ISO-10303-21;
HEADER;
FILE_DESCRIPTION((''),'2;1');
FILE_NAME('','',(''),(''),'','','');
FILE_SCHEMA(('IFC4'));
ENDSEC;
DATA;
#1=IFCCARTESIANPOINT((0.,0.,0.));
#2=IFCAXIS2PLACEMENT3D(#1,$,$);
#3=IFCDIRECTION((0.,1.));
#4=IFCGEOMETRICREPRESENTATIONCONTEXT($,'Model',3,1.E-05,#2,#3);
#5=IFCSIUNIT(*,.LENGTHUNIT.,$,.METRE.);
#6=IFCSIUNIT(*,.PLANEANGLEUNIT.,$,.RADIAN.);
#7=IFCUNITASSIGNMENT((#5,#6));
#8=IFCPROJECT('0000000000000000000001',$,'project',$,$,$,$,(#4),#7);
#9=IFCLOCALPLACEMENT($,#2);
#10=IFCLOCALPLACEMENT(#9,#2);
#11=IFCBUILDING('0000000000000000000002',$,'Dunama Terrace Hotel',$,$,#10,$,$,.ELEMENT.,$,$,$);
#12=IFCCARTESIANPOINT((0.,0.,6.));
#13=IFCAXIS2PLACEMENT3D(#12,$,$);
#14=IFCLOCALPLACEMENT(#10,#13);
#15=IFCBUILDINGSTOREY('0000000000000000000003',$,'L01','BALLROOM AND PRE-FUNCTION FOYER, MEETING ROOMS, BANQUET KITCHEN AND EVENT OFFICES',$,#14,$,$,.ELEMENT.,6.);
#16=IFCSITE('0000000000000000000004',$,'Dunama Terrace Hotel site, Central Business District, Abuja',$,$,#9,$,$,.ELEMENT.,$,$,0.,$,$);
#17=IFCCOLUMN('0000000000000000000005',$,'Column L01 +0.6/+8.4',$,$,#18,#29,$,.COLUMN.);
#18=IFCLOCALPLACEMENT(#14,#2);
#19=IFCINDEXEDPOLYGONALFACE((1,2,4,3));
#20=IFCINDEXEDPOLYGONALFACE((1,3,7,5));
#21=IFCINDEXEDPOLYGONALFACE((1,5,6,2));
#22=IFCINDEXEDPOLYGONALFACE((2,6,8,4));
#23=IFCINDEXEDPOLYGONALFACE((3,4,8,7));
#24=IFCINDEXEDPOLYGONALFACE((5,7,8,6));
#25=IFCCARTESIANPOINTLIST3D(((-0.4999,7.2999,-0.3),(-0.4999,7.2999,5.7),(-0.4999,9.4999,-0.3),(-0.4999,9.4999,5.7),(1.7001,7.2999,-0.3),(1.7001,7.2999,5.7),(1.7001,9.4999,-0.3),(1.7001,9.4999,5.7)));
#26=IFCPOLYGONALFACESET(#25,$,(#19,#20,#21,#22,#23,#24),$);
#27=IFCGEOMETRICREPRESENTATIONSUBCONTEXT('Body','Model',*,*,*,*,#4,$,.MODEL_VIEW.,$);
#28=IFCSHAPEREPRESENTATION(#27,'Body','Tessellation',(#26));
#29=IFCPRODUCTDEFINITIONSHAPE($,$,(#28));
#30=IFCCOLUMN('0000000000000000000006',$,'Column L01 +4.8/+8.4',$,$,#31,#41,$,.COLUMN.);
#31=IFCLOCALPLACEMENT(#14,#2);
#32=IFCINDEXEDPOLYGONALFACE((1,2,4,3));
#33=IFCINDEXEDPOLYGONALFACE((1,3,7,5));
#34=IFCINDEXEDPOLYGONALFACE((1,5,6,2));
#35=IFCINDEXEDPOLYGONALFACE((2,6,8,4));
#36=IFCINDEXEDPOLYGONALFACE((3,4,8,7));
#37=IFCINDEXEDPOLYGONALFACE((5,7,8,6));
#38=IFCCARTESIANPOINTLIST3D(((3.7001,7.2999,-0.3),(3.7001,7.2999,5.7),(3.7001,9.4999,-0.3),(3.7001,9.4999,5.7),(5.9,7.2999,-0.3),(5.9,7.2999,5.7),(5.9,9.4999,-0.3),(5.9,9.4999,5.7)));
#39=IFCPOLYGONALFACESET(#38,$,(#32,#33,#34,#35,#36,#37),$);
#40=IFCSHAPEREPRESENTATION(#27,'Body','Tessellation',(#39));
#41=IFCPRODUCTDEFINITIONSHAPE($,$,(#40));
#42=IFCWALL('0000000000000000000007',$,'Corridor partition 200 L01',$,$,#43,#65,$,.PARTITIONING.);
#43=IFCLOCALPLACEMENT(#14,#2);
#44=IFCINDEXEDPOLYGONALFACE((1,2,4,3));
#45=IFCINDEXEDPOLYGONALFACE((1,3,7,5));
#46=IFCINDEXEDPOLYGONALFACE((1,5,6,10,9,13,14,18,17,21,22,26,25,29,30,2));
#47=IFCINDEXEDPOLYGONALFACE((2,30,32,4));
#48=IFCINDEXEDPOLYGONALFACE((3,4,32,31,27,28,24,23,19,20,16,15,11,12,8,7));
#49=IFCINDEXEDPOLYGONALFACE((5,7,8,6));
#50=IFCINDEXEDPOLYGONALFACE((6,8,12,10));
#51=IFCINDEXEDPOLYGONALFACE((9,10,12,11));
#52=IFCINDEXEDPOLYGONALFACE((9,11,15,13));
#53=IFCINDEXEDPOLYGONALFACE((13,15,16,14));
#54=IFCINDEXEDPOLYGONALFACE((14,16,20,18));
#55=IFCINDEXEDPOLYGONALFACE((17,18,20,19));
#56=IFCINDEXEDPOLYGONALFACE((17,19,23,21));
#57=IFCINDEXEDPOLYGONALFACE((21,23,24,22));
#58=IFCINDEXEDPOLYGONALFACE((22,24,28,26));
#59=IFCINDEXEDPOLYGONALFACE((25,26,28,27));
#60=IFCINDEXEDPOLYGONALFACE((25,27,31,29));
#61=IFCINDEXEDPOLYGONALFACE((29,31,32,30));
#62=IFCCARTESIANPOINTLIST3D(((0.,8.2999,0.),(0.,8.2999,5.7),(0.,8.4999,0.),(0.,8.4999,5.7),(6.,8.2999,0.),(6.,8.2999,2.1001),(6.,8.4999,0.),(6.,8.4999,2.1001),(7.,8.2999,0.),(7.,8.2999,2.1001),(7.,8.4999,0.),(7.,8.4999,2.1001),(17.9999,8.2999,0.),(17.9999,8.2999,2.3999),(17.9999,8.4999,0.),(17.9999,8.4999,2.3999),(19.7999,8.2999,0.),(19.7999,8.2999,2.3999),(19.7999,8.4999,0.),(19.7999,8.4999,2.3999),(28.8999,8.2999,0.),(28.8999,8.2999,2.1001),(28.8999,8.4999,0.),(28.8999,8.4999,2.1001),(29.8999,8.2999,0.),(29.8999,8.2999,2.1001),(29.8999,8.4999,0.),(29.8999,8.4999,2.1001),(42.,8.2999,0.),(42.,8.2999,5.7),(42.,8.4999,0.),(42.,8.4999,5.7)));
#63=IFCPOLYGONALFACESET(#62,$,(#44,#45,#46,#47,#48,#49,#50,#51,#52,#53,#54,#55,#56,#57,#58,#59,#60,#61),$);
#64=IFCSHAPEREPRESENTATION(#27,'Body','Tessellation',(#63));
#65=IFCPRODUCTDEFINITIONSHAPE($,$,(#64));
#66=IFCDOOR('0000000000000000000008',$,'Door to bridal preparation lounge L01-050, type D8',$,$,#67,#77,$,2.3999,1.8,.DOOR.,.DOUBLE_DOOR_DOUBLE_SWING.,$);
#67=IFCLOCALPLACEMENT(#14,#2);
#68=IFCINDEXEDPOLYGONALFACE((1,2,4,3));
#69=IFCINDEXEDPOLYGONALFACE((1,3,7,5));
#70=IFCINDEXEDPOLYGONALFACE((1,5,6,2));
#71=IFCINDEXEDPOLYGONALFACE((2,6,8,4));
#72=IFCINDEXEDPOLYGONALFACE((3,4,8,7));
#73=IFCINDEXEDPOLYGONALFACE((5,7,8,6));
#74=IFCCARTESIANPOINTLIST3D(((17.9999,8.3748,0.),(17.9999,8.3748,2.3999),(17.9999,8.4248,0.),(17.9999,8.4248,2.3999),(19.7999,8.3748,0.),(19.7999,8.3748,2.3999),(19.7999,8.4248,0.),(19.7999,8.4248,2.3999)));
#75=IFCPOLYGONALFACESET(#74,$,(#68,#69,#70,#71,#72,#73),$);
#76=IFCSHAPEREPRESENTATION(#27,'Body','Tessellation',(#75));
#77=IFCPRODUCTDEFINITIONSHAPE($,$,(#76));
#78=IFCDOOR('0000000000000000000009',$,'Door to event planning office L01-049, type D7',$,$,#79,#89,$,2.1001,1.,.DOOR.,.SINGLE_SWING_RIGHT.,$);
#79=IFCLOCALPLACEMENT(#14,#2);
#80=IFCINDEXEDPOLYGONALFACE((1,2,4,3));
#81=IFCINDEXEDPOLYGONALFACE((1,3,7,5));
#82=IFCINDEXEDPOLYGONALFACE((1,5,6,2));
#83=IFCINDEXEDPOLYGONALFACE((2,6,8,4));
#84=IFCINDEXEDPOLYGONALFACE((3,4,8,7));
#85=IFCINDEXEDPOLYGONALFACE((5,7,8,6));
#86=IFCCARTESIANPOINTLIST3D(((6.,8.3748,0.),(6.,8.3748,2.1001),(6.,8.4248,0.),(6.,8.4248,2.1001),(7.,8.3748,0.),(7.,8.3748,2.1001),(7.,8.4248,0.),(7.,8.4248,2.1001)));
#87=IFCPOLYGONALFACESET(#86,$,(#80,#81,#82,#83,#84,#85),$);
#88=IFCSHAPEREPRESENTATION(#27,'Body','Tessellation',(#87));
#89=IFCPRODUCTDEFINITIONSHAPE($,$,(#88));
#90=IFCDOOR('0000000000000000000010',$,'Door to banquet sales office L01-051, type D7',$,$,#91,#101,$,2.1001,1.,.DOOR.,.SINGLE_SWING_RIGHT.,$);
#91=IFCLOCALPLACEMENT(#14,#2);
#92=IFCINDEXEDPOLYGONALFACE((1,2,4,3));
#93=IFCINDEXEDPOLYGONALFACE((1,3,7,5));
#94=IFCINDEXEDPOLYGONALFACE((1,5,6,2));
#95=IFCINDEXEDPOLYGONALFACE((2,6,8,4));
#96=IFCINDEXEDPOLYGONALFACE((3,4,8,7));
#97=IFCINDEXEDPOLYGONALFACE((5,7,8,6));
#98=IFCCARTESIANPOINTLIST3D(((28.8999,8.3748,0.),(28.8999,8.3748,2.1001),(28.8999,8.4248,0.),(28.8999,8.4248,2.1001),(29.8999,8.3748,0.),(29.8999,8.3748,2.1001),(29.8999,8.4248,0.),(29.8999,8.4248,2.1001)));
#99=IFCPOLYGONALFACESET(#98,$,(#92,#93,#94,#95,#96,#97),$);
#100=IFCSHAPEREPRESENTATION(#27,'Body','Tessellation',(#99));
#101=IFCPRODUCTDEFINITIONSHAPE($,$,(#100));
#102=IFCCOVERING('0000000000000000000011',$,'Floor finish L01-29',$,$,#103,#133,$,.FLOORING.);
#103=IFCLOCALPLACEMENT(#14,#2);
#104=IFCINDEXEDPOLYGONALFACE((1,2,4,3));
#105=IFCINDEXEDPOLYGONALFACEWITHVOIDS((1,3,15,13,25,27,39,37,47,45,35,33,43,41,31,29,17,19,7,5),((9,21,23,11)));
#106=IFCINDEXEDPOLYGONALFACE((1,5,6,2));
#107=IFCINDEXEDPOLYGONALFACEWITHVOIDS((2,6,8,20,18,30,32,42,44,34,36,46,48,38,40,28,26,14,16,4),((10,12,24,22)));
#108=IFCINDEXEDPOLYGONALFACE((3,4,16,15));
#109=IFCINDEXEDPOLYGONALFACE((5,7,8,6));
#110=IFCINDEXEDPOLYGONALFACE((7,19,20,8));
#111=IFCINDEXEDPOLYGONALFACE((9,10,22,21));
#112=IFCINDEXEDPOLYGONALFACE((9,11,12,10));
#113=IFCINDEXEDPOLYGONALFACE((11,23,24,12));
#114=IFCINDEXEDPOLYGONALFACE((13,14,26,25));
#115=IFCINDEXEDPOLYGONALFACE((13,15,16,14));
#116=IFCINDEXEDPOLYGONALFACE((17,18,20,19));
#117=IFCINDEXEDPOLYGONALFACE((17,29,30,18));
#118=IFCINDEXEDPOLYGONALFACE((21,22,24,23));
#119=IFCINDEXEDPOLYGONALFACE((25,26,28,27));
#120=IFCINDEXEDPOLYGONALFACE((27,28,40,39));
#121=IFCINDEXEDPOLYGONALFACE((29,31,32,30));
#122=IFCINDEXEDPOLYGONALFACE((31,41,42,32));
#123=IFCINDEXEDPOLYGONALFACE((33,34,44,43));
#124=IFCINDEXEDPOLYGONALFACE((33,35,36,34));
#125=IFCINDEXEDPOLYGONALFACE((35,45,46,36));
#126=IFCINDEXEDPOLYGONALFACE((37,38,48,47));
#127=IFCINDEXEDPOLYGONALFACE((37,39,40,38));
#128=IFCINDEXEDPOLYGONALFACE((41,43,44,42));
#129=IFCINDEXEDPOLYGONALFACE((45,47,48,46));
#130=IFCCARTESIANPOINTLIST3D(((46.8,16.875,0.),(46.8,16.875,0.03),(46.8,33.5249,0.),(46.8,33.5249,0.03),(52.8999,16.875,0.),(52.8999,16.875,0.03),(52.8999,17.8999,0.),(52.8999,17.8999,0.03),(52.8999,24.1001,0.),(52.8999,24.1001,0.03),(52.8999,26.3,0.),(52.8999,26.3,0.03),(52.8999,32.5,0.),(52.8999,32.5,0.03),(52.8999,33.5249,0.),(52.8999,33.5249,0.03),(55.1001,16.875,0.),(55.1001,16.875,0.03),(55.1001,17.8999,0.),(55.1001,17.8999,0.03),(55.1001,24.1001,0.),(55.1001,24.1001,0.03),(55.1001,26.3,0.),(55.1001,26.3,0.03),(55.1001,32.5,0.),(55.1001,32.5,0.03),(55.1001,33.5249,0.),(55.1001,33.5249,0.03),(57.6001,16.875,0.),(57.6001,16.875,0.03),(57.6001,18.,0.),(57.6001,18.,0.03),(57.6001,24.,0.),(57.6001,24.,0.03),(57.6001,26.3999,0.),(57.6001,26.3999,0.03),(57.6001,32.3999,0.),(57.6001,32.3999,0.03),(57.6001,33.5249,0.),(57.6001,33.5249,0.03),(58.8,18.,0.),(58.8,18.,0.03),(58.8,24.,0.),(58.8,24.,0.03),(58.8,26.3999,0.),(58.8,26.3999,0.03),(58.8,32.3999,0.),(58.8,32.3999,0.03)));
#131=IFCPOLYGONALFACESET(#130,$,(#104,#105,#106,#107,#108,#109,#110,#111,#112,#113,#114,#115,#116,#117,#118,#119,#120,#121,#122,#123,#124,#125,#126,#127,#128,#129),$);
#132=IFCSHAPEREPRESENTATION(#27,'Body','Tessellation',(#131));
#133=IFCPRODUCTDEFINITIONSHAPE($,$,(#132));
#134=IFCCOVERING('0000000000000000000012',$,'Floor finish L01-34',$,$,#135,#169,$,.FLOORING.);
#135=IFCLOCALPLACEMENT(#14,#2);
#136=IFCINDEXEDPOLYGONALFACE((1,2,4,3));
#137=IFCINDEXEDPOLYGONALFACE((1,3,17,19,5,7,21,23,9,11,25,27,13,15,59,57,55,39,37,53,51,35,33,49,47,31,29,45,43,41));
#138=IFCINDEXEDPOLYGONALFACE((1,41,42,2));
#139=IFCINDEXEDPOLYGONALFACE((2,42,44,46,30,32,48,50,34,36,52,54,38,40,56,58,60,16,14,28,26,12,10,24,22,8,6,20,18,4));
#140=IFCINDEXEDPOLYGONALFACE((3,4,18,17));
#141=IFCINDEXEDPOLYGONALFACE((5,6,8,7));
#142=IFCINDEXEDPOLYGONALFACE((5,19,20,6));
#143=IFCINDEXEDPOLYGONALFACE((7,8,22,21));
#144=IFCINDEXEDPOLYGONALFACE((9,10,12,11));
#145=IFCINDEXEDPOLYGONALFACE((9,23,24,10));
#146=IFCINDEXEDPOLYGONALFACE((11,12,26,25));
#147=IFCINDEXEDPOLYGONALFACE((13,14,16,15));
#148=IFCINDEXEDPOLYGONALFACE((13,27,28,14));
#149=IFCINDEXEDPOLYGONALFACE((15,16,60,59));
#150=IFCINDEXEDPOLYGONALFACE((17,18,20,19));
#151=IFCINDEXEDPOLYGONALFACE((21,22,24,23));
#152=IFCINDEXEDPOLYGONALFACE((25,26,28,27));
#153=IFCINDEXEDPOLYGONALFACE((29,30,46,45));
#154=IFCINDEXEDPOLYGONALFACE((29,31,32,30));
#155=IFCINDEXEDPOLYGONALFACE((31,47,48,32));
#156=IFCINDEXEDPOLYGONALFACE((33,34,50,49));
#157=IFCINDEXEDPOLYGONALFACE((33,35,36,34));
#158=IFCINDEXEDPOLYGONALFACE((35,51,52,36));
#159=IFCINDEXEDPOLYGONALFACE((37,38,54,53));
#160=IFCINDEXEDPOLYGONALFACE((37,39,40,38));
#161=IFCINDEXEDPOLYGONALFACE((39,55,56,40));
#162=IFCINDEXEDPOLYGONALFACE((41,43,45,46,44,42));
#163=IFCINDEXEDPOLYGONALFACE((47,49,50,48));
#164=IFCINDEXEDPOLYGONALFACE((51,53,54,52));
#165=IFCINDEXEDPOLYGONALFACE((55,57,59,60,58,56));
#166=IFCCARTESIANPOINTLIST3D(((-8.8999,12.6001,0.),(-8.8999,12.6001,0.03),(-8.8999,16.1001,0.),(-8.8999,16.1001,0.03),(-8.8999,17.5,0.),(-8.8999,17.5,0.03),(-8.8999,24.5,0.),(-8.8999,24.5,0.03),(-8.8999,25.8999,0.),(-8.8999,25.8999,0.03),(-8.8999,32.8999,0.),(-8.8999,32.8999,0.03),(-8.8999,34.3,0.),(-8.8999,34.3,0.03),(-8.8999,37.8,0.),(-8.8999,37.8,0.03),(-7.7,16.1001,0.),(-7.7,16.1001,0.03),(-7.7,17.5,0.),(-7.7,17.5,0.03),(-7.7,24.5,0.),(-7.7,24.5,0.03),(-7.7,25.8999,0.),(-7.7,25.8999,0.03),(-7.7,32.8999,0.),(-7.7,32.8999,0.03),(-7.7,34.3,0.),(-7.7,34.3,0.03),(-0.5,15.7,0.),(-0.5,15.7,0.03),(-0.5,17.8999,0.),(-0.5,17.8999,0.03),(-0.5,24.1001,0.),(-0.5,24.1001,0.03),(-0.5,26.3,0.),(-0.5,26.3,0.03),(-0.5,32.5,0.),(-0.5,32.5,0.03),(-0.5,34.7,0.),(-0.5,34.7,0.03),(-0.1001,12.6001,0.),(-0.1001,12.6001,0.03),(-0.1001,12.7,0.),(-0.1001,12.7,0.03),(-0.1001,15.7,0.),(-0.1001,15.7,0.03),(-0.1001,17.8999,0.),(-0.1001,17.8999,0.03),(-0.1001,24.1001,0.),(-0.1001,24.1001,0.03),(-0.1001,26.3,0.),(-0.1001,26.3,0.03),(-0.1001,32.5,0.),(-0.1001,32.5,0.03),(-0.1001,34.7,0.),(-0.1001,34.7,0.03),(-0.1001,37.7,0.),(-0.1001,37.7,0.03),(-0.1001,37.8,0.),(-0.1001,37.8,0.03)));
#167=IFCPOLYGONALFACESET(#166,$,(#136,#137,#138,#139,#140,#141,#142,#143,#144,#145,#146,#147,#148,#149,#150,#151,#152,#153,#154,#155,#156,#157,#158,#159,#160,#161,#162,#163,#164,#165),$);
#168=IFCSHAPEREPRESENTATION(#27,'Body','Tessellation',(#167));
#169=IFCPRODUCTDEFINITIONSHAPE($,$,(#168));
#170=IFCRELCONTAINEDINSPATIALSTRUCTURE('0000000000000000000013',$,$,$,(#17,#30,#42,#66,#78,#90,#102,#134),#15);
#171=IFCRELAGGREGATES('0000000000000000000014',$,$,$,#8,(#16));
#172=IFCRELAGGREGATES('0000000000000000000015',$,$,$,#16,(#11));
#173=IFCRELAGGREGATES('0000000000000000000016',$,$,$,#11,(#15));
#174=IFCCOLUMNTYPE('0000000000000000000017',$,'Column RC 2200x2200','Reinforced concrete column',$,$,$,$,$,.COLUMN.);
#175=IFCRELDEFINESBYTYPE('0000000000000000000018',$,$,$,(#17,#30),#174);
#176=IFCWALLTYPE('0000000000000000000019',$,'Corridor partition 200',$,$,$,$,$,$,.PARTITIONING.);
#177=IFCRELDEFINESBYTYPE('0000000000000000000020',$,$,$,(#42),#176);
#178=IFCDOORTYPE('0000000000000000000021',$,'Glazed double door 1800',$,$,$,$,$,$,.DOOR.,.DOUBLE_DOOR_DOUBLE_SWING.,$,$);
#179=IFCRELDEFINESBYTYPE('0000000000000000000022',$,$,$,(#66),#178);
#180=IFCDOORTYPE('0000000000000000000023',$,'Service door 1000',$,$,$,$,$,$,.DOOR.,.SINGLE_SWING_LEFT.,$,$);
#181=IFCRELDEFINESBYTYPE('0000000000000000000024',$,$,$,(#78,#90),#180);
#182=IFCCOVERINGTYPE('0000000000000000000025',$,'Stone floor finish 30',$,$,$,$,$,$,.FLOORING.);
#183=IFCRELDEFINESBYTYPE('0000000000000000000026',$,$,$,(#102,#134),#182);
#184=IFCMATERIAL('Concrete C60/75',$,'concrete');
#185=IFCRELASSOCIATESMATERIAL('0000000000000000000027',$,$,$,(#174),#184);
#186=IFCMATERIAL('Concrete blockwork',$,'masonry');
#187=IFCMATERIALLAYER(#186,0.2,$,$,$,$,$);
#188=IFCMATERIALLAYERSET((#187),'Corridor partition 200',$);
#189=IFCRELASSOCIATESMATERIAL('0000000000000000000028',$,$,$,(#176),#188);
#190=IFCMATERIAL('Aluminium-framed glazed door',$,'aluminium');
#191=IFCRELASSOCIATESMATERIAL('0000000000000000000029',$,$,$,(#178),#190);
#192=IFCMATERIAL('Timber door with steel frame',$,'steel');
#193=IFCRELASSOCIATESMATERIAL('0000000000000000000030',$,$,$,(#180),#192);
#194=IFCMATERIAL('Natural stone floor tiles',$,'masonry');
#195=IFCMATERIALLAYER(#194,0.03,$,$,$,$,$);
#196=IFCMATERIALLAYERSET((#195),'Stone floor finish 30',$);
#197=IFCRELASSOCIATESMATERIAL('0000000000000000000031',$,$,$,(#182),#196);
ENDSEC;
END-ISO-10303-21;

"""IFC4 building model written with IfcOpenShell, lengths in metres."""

from ifc_helpers import new_model, si_unit, direction, frame, frame_2d, origin, origin_2d, place, context, subcontext, project, spatial, polyline, rectangle, outline, extrude, material, layer, layer_set, material_profile, profile_set, type_object, element, fill, save


model = new_model("IFC4")

# Units and contexts
model_context = context("Model", 3, precision=1e-05, world=origin(), true_north=direction((0.0, 1.0)))
body_context = subcontext(model_context, "Body", "Model", "MODEL_VIEW")
ifc_project = project(units=[si_unit("LENGTHUNIT", "METRE"), si_unit("PLANEANGLEUNIT", "RADIAN")], contexts=[model_context])

# Site, building, storey
site_placement = place(None, origin())
site = spatial("IfcSite", under=ifc_project, at=site_placement, Name="Dunama Terrace Hotel site, Central Business District, Abuja", CompositionType="ELEMENT", RefElevation=0.0)
building_placement = place(site_placement, origin())
building = spatial("IfcBuilding", under=site, at=building_placement, Name="Dunama Terrace Hotel", CompositionType="ELEMENT")
storey_placement = place(building_placement, frame((0.0, 0.0, 6.0)))
storey = spatial("IfcBuildingStorey", under=building, at=storey_placement, Name="L01", Description="BALLROOM AND PRE-FUNCTION FOYER, MEETING ROOMS, BANQUET KITCHEN AND EVENT OFFICES", CompositionType="ELEMENT", Elevation=6.0)

# Columns
ifc_material_1 = material(Name="Concrete C60/75", Category="concrete")
ifc_material_profile = material_profile(ifc_material_1, rectangle(XDim=2.2, YDim=2.2, at=origin_2d()), Name="RC 2200x2200")
ifc_profile_set = profile_set([ifc_material_profile], Name="Concrete C60/75")
column_type = type_object("IfcColumnType", Name="Column RC 2200x2200", Description="Reinforced concrete column", PredefinedType="COLUMN", material=ifc_profile_set)
for number, where, z_axis, x_axis, name in (
    (1, (0.6001, 8.3999, -0.3), (0.0, 0.0, 1.0), (1.0, 0.0, 0.0), "Column L01 +0.6/+8.4"),
    (2, (4.8, 8.3999, -0.3), (0.0, 0.0, 1.0), (1.0, 0.0, 0.0), "Column L01 +4.8/+8.4"),
):
    element("IfcColumn", number, at=place(storey_placement, frame(where, z_axis=z_axis, x_axis=x_axis)), inside=storey, type_object=column_type, Name=name, PredefinedType="COLUMN", context=body_context, shape_type="SweptSolid", body=[
        extrude(rectangle(XDim=2.2, YDim=2.2, at=origin_2d()), origin(), (0.0, 0.0, 1.0), 6.0),
    ])

# Wall, openings, doors
ifc_material_2 = material(Name="Concrete blockwork", Category="masonry")
ifc_layer_1 = layer(ifc_material_2, 0.2)
ifc_layer_set_1 = layer_set([ifc_layer_1], Name="Corridor partition 200")
wall_type = type_object("IfcWallType", Name="Corridor partition 200", PredefinedType="PARTITIONING", material=ifc_layer_set_1)
wall_placement = place(storey_placement, frame((0.0, 8.3999, 0.0), z_axis=(0.0, 0.0, 1.0), x_axis=(1.0, 0.0, 0.0)))
wall = element("IfcWall", 3, at=wall_placement, inside=storey, type_object=wall_type, Name="Corridor partition 200 L01", PredefinedType="PARTITIONING", context=body_context, shape_type="SweptSolid", body=[
    extrude(rectangle(XDim=42.0, YDim=0.2, at=frame_2d((21.0, 0.0))), origin(), (0.0, 0.0, 1.0), 5.7),
])
opening_1_placement = place(wall_placement, frame((6.0, 0.0, 0.0)))
opening_1 = element("IfcOpeningElement", 4, at=opening_1_placement, cuts=wall, PredefinedType="OPENING", context=body_context, shape_type="SweptSolid", body=[
    extrude(rectangle(XDim=1.0, YDim=2.1001, at=frame_2d((0.5, 1.05))), frame((0.0, 0.1099, 0.0), z_axis=(0.0, -1.0, 0.0), x_axis=(1.0, 0.0, 0.0)), (0.0, 0.0, 1.0), 0.22),
])
opening_2_placement = place(wall_placement, frame((18.0, 0.0, 0.0)))
opening_2 = element("IfcOpeningElement", 5, at=opening_2_placement, cuts=wall, PredefinedType="OPENING", context=body_context, shape_type="SweptSolid", body=[
    extrude(rectangle(XDim=1.8, YDim=2.3999, at=frame_2d((0.8999, 1.2))), frame((0.0, 0.1099, 0.0), z_axis=(0.0, -1.0, 0.0), x_axis=(1.0, 0.0, 0.0)), (0.0, 0.0, 1.0), 0.22),
])
opening_3_placement = place(wall_placement, frame((28.8999, 0.0, 0.0)))
opening_3 = element("IfcOpeningElement", 6, at=opening_3_placement, cuts=wall, PredefinedType="OPENING", context=body_context, shape_type="SweptSolid", body=[
    extrude(rectangle(XDim=1.0, YDim=2.1001, at=frame_2d((0.5, 1.05))), frame((0.0, 0.1099, 0.0), z_axis=(0.0, -1.0, 0.0), x_axis=(1.0, 0.0, 0.0)), (0.0, 0.0, 1.0), 0.22),
])
ifc_material_3 = material(Name="Aluminium-framed glazed door", Category="aluminium")
door_type_1 = type_object("IfcDoorType", Name="Glazed double door 1800", OperationType="DOUBLE_DOOR_DOUBLE_SWING", PredefinedType="DOOR", material=ifc_material_3)
door_1_placement = place(opening_2_placement, origin())
door_1 = element("IfcDoor", 7, at=door_1_placement, inside=storey, type_object=door_type_1, Name="Door to bridal preparation lounge L01-050, type D8", OperationType="DOUBLE_DOOR_DOUBLE_SWING", OverallHeight=2.3999, OverallWidth=1.8, PredefinedType="DOOR", context=body_context, shape_type="SweptSolid", body=[
    extrude(rectangle(XDim=1.8, YDim=2.3999, at=frame_2d((0.8999, 1.2))), frame((0.0, 0.0249, 0.0), z_axis=(0.0, -1.0, 0.0), x_axis=(1.0, 0.0, 0.0)), (0.0, 0.0, 1.0), 0.05),
])
fill(opening_2, door_1)
ifc_material_4 = material(Name="Timber door with steel frame", Category="steel")
door_type_2 = type_object("IfcDoorType", Name="Service door 1000", OperationType="SINGLE_SWING_LEFT", PredefinedType="DOOR", material=ifc_material_4)
door_2_placement = place(opening_1_placement, frame((1.0, 0.0, 0.0), z_axis=(0.0, 0.0, 1.0), x_axis=(-1.0, 0.0, 0.0)))
door_2 = element("IfcDoor", 8, at=door_2_placement, inside=storey, type_object=door_type_2, Name="Door to event planning office L01-049, type D7", OperationType="SINGLE_SWING_RIGHT", OverallHeight=2.1001, OverallWidth=1.0, PredefinedType="DOOR", context=body_context, shape_type="SweptSolid", body=[
    extrude(rectangle(XDim=1.0, YDim=2.1001, at=frame_2d((0.5, 1.05))), frame((0.0, 0.0251, 0.0), z_axis=(0.0, -1.0, 0.0), x_axis=(1.0, 0.0, 0.0)), (0.0, 0.0, 1.0), 0.05),
])
fill(opening_1, door_2)
door_3_placement = place(opening_3_placement, frame((1.0, 0.0, 0.0), z_axis=(0.0, 0.0, 1.0), x_axis=(-1.0, 0.0, 0.0)))
door_3 = element("IfcDoor", 9, at=door_3_placement, inside=storey, type_object=door_type_2, Name="Door to banquet sales office L01-051, type D7", OperationType="SINGLE_SWING_RIGHT", OverallHeight=2.1001, OverallWidth=1.0, PredefinedType="DOOR", context=body_context, shape_type="SweptSolid", body=[
    extrude(rectangle(XDim=1.0, YDim=2.1001, at=frame_2d((0.5, 1.05))), frame((0.0, 0.0251, 0.0), z_axis=(0.0, -1.0, 0.0), x_axis=(1.0, 0.0, 0.0)), (0.0, 0.0, 1.0), 0.05),
])
fill(opening_3, door_3)

# Coverings
ifc_material_5 = material(Name="Natural stone floor tiles", Category="masonry")
ifc_layer_2 = layer(ifc_material_5, 0.03)
ifc_layer_set_2 = layer_set([ifc_layer_2], Name="Stone floor finish 30")
covering_type_1 = type_object("IfcCoveringType", Name="Stone floor finish 30", PredefinedType="FLOORING", material=ifc_layer_set_2)
covering_1_placement = place(storey_placement, origin())
element("IfcCovering", 10, at=covering_1_placement, inside=storey, type_object=covering_type_1, Name="Floor finish L01-29", PredefinedType="FLOORING", context=body_context, shape_type="SweptSolid", body=[
    extrude(outline(polyline([(58.8, 26.3999), (58.8, 32.3999), (57.6001, 32.3999), (57.6001, 33.5249), (55.1001, 33.5249), (55.1001, 32.5), (52.8999, 32.5), (52.8999, 33.5249), (46.8, 33.5249), (46.8, 16.875), (52.8999, 16.875), (52.8999, 17.8999), (55.1001, 17.8999), (55.1001, 16.875), (57.6001, 16.875), (57.6001, 18.0), (58.8, 18.0), (58.8, 24.0), (57.6001, 24.0), (57.6001, 26.3999), (58.8, 26.3999)]), holes=[polyline([(55.1001, 26.3), (55.1001, 24.1001), (52.8999, 24.1001), (52.8999, 26.3), (55.1001, 26.3)])]), origin(), (0.0, 0.0, 1.0), 0.03),
])
covering_2_placement = place(storey_placement, origin())
element("IfcCovering", 11, at=covering_2_placement, inside=storey, type_object=covering_type_1, Name="Floor finish L01-34", PredefinedType="FLOORING", context=body_context, shape_type="SweptSolid", body=[
    extrude(outline(polyline([(-8.8999, 12.6001), (-0.1001, 12.6001), (-0.1001, 12.7), (-0.1001, 15.7), (-0.5, 15.7), (-0.5, 17.8999), (-0.1001, 17.8999), (-0.1001, 24.1001), (-0.5, 24.1001), (-0.5, 26.3), (-0.1001, 26.3), (-0.1001, 32.5), (-0.5, 32.5), (-0.5, 34.7), (-0.1001, 34.7), (-0.1001, 37.7), (-0.1001, 37.8), (-8.8999, 37.8), (-8.8999, 34.3), (-7.7, 34.3), (-7.7, 32.8999), (-8.8999, 32.8999), (-8.8999, 25.8999), (-7.7, 25.8999), (-7.7, 24.5), (-8.8999, 24.5), (-8.8999, 17.5), (-7.7, 17.5), (-7.7, 16.1001), (-8.8999, 16.1001), (-8.8999, 12.6001)])), origin(), (0.0, 0.0, 1.0), 0.03),
])

save(model, "model.ifc")
